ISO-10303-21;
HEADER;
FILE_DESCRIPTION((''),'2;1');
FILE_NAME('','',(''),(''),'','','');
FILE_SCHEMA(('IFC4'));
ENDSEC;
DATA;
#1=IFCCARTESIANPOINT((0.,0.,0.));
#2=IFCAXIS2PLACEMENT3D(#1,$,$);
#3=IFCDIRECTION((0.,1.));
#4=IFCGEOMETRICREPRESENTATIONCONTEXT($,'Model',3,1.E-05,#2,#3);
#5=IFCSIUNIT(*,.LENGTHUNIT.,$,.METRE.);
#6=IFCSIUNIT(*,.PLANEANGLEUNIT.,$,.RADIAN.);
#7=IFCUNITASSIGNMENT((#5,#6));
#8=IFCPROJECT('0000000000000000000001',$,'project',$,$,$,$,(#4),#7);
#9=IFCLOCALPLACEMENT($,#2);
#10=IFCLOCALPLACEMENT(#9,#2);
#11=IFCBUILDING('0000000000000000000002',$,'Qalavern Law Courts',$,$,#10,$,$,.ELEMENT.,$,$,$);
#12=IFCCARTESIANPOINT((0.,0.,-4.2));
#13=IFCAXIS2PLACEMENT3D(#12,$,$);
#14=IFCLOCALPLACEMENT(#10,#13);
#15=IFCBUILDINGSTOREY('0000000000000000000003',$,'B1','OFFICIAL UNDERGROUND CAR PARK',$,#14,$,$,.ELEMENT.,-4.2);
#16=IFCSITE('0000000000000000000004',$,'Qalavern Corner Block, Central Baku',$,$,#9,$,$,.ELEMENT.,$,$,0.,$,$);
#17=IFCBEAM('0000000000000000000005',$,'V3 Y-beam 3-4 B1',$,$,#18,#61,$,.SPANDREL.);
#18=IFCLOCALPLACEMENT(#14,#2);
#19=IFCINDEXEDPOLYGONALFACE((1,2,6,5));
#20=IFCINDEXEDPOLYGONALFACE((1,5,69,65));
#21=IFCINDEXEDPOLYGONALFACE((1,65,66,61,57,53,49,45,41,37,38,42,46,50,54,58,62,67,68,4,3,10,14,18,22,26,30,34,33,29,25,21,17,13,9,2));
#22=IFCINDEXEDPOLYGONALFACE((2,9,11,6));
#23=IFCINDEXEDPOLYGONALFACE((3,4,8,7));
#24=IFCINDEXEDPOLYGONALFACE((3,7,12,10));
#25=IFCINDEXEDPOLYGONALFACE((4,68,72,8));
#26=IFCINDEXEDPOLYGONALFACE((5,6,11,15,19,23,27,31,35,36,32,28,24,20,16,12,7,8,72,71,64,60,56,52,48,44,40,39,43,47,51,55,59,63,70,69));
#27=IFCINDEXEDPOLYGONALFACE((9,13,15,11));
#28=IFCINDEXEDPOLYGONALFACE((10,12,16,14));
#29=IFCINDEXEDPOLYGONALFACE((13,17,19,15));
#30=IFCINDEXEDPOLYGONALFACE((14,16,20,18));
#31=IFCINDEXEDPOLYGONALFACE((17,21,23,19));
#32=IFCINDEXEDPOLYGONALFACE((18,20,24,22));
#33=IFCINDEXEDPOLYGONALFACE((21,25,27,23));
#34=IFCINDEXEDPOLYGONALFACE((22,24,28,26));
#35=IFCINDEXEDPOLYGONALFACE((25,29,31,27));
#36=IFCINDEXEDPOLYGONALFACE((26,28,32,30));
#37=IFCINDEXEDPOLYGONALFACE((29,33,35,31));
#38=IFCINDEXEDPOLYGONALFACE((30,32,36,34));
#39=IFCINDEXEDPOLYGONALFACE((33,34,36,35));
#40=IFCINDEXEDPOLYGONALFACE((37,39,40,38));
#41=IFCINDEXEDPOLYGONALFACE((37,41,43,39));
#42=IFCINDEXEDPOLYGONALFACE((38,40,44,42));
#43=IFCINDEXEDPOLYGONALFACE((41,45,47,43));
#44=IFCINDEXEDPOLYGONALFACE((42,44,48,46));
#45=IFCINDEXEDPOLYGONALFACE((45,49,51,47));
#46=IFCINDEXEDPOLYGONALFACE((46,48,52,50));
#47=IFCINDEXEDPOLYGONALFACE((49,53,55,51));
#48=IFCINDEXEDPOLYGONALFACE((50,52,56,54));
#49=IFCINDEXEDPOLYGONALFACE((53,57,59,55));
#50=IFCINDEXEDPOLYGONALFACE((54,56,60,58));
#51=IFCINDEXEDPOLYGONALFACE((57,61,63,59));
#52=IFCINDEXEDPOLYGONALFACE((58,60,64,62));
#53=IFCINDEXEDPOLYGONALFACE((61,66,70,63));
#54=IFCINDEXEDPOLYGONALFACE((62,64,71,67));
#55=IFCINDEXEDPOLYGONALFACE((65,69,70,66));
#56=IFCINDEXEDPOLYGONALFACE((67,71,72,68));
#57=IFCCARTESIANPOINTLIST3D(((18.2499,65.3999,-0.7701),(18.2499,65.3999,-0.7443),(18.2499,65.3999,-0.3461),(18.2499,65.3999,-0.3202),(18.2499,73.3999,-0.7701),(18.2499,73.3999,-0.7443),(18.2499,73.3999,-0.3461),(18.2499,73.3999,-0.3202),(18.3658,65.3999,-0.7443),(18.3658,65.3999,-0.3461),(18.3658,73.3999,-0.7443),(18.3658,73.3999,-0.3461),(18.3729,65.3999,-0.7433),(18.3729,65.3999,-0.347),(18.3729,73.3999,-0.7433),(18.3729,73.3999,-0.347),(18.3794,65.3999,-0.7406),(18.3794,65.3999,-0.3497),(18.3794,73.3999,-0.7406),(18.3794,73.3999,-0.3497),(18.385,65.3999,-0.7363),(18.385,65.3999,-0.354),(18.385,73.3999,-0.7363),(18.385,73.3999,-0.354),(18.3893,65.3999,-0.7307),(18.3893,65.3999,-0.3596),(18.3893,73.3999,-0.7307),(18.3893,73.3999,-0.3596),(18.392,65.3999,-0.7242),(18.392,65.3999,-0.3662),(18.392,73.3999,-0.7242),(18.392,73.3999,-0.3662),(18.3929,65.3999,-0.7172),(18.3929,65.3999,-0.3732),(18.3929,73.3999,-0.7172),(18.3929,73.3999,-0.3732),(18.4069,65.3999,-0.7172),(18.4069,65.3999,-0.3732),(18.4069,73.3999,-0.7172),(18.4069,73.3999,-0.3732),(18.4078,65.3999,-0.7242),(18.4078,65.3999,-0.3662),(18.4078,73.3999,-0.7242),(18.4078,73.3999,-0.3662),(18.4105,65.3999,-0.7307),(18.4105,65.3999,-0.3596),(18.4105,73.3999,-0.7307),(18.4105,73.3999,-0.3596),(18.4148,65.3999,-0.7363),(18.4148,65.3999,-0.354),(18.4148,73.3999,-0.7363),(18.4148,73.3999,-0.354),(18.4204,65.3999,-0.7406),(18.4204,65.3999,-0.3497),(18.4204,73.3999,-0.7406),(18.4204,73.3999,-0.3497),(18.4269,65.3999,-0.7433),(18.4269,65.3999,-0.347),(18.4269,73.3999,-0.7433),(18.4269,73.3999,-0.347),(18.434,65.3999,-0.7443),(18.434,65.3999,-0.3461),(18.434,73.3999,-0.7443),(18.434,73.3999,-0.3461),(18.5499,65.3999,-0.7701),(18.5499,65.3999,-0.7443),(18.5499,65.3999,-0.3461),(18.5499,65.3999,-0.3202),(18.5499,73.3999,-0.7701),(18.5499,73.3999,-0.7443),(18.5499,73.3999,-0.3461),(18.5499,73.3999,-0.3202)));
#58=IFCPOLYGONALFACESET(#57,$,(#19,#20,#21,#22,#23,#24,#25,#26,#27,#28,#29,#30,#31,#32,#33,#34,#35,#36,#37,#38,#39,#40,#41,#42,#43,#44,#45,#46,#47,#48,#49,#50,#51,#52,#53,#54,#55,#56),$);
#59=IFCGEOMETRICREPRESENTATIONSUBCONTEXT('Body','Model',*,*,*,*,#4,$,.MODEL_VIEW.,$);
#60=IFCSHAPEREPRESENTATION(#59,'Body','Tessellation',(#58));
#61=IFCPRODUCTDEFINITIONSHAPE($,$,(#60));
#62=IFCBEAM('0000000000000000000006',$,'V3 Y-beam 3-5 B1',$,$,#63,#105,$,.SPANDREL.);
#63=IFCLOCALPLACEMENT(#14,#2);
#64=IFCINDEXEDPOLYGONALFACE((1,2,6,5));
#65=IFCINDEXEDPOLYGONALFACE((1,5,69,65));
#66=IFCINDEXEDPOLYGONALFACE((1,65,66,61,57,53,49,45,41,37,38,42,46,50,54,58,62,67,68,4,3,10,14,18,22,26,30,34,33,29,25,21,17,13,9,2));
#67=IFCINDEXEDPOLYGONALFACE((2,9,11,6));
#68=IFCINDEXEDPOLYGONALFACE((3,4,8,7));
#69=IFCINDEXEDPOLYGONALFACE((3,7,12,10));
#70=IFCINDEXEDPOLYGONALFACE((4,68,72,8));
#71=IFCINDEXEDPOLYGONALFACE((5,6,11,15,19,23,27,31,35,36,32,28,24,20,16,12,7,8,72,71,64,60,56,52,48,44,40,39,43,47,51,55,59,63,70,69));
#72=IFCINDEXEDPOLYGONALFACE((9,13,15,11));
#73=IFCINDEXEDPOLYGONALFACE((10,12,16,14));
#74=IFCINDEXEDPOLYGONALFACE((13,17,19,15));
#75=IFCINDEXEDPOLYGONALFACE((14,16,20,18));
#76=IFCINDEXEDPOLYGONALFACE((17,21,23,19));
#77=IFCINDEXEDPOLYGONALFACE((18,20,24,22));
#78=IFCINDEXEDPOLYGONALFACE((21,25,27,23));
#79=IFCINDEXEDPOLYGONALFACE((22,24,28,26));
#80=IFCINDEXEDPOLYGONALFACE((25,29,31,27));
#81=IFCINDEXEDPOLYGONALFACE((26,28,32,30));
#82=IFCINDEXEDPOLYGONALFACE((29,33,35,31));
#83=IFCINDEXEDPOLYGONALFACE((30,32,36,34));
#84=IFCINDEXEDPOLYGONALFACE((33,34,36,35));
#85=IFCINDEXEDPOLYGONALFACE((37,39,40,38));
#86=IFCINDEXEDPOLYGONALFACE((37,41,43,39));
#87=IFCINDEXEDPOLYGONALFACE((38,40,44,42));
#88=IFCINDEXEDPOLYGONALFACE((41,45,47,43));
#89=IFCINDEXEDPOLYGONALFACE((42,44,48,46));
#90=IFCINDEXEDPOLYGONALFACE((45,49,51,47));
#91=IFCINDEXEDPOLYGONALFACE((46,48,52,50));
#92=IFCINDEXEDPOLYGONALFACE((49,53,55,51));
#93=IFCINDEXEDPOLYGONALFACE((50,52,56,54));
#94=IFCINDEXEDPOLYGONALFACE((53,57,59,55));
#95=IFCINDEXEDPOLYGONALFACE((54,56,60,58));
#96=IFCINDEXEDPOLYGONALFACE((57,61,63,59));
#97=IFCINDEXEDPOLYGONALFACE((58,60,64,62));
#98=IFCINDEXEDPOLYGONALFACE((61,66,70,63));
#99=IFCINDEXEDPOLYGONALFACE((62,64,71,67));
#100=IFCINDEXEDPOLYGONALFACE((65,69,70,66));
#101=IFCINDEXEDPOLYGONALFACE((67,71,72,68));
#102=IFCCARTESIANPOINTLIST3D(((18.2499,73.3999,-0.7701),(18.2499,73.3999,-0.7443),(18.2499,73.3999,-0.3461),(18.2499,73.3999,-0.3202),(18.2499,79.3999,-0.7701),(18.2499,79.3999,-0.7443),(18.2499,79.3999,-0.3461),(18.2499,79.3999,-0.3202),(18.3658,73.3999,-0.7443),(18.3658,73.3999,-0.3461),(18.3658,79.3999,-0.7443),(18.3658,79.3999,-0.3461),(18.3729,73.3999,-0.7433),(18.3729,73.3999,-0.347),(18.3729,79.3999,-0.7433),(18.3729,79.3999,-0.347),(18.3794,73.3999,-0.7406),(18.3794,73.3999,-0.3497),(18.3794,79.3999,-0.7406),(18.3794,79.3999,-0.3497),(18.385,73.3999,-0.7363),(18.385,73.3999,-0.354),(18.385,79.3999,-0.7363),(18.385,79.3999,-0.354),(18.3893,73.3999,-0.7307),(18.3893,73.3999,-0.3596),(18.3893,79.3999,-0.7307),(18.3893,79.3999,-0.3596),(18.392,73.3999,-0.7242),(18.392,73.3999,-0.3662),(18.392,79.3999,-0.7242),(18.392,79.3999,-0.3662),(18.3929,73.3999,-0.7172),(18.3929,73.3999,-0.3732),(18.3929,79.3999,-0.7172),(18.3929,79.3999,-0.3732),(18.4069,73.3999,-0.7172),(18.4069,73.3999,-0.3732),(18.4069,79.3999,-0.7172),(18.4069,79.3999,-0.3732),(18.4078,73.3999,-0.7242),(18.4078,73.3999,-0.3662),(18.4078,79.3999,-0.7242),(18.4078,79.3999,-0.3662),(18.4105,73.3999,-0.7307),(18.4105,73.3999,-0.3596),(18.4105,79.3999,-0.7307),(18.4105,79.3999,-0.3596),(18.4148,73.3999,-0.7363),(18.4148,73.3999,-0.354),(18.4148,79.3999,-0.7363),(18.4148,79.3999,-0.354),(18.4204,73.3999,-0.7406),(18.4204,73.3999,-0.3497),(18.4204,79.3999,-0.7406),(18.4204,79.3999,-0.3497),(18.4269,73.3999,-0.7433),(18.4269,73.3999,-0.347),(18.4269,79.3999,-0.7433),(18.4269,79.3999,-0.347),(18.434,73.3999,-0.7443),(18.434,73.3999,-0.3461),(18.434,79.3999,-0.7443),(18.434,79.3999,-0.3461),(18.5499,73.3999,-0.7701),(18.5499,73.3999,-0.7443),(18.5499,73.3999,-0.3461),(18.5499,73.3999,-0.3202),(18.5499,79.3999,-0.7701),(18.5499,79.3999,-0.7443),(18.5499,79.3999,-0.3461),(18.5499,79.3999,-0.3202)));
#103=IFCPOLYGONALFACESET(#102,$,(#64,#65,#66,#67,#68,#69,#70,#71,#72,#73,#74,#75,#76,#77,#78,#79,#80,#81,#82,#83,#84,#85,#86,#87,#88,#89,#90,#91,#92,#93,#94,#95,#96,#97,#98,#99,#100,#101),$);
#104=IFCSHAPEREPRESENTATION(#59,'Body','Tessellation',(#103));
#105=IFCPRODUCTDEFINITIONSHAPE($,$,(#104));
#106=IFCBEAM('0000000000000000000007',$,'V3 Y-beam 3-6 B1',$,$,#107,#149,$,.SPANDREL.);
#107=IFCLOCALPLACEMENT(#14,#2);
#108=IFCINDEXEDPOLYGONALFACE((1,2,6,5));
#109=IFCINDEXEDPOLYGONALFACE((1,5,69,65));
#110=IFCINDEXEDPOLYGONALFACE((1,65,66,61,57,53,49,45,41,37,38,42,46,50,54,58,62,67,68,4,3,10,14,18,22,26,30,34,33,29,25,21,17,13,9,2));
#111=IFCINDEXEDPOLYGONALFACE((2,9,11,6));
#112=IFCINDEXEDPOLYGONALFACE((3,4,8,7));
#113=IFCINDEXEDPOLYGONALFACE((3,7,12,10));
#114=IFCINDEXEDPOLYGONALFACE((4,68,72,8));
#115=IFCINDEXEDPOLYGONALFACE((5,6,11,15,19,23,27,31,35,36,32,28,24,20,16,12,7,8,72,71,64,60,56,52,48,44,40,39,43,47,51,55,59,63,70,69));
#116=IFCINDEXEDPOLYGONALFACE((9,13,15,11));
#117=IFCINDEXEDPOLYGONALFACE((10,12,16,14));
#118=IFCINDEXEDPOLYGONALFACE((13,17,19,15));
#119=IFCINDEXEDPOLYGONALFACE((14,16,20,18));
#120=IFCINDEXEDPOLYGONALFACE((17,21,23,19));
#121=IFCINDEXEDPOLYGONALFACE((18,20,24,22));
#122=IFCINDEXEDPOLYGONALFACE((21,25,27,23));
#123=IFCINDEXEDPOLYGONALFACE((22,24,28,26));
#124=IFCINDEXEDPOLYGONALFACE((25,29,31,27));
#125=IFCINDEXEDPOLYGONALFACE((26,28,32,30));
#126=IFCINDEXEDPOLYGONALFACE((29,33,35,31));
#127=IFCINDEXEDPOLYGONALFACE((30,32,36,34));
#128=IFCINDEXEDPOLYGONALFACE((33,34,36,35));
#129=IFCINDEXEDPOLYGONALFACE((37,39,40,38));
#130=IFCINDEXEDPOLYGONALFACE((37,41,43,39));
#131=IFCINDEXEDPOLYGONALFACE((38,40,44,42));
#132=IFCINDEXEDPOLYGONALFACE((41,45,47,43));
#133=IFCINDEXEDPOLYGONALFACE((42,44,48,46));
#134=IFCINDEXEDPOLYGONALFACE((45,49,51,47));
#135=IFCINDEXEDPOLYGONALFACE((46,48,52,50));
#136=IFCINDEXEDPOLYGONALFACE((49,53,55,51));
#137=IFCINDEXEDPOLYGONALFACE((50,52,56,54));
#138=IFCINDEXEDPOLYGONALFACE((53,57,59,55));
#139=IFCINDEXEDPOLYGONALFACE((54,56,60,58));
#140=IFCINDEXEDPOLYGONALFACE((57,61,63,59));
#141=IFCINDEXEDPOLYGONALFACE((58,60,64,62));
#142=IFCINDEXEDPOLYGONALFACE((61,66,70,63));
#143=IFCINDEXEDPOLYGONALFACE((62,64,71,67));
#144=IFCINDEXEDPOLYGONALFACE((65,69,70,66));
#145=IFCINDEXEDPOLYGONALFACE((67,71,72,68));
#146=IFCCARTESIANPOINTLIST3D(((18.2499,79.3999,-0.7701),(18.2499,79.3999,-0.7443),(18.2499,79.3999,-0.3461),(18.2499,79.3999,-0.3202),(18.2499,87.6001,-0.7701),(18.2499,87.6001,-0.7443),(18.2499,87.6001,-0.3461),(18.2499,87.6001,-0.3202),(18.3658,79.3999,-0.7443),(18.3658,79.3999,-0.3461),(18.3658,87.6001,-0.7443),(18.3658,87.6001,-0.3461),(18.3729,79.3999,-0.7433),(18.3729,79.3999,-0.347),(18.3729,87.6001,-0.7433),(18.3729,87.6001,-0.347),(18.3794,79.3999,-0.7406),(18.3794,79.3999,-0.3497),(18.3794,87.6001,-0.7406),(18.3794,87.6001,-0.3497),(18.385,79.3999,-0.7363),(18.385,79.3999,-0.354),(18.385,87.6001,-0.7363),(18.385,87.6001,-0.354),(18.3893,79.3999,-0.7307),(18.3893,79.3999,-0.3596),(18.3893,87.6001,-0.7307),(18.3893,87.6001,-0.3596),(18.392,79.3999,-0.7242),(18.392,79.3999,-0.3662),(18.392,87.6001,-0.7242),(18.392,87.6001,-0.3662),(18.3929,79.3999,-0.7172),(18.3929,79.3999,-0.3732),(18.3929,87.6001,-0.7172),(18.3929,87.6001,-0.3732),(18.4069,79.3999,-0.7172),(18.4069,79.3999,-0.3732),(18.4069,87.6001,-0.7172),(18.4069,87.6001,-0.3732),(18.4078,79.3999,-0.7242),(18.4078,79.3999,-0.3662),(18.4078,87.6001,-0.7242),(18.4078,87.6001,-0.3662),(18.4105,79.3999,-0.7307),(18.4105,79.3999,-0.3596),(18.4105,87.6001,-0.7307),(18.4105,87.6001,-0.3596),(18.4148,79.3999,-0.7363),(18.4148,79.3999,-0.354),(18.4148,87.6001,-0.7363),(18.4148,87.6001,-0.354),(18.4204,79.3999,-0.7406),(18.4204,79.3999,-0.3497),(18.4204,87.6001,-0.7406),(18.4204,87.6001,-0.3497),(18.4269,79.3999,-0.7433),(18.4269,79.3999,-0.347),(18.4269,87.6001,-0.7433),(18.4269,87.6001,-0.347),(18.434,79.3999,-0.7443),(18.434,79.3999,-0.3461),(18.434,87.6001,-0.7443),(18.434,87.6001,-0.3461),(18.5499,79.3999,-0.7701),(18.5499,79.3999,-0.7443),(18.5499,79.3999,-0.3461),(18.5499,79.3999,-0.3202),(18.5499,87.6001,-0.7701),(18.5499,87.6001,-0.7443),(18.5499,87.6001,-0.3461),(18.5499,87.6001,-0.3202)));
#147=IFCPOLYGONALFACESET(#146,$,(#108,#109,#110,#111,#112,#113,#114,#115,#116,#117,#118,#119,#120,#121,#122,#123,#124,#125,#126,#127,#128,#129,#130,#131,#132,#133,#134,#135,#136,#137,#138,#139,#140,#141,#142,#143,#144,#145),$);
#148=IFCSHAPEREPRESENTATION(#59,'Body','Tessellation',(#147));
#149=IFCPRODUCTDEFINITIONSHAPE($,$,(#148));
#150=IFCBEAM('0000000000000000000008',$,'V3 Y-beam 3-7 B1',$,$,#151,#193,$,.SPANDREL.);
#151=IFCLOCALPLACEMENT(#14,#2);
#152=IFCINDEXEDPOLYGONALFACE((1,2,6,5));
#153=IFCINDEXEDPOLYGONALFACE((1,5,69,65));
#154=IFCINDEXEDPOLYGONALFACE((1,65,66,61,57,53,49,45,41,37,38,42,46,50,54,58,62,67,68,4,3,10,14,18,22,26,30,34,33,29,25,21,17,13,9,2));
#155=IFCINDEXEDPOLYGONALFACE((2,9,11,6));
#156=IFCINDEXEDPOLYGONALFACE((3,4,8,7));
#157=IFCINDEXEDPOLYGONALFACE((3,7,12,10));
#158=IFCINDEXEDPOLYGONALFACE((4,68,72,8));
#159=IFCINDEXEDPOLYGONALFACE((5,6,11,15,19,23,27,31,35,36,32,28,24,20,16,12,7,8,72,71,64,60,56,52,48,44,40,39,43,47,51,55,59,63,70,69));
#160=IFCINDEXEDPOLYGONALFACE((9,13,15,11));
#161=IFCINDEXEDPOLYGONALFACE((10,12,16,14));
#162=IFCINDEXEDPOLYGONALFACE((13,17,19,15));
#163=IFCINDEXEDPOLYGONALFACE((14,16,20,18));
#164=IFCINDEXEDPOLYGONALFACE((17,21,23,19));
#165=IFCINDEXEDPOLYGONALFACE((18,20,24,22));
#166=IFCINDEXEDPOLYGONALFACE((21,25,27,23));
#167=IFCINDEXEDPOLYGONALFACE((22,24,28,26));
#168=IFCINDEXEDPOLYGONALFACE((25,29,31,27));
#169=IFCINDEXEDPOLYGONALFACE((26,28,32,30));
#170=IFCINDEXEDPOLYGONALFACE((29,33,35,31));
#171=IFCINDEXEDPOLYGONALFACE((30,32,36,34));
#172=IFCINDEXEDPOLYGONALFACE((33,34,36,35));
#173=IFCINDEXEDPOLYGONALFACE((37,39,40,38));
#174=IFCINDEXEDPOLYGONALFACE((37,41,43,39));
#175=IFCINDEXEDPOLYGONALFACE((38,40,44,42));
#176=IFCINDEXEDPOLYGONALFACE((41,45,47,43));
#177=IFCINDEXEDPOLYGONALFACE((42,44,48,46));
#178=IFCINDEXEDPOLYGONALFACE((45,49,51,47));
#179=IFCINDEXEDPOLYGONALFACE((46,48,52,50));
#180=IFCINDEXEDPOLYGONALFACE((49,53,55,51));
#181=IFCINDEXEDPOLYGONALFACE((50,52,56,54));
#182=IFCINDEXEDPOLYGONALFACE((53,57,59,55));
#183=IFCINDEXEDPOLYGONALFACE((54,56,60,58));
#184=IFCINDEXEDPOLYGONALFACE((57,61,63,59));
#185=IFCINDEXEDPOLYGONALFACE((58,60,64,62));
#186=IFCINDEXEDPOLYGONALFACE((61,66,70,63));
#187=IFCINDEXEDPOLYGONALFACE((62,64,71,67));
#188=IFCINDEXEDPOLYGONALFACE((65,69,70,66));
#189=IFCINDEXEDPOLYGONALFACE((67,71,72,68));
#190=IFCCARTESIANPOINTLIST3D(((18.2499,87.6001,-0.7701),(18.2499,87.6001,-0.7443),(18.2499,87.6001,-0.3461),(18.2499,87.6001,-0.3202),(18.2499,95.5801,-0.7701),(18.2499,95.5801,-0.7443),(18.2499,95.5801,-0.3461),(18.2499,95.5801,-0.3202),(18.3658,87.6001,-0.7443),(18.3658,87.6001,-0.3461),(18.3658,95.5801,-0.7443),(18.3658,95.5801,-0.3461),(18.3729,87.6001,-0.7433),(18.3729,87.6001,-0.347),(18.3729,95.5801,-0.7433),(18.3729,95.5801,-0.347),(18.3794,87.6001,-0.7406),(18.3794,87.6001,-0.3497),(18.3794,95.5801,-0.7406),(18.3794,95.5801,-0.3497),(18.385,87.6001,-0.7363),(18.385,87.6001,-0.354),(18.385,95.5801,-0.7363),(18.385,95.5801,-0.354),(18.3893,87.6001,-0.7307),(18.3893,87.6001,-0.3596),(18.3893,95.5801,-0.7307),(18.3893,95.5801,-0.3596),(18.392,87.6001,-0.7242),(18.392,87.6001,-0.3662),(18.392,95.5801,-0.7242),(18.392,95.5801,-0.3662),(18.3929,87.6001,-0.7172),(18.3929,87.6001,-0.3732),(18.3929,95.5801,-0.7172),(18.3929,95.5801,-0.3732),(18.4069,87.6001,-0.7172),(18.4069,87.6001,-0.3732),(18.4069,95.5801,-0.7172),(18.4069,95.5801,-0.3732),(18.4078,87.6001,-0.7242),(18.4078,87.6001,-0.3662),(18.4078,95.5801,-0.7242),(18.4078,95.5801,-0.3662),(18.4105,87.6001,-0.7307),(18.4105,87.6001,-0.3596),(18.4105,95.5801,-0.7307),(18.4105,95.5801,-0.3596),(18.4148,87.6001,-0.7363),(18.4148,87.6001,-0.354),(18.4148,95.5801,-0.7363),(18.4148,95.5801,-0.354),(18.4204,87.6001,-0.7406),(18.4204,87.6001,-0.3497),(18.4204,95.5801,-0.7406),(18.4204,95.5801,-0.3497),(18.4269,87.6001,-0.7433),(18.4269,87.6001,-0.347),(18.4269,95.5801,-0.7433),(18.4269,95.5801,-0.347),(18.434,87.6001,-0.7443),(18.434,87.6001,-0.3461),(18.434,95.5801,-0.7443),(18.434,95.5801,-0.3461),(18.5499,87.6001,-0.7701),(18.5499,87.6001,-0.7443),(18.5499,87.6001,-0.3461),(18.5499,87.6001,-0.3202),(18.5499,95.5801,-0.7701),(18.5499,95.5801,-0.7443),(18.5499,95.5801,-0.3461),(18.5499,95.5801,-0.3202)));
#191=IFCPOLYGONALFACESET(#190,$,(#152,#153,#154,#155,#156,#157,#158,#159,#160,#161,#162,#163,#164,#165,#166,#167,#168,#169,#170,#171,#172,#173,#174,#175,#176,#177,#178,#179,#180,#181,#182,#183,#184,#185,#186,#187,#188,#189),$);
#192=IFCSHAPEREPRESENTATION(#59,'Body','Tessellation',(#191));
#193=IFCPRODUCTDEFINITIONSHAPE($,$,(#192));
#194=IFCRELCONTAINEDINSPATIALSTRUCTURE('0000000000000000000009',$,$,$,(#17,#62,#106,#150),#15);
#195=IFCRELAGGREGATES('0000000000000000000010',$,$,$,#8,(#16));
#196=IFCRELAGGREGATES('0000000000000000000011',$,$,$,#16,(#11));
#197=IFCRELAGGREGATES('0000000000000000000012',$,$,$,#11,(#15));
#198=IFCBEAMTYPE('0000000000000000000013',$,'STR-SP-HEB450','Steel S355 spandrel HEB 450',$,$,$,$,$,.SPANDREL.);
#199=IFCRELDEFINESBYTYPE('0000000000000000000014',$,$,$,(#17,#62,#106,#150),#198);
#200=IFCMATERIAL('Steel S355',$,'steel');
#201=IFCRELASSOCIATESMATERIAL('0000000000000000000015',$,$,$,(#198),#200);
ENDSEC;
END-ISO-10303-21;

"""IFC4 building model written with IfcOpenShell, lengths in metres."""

from ifc_helpers import new_model, si_unit, direction, frame, origin, origin_2d, place, context, subcontext, project, spatial, i_section, extrude, material, material_profile, profile_set, type_object, element, save


model = new_model("IFC4")

# Units and contexts
model_context = context("Model", 3, precision=1e-05, world=origin(), true_north=direction((0.0, 1.0)))
body_context = subcontext(model_context, "Body", "Model", "MODEL_VIEW")
ifc_project = project(units=[si_unit("LENGTHUNIT", "METRE"), si_unit("PLANEANGLEUNIT", "RADIAN")], contexts=[model_context])

# Site, building, storey
site_placement = place(None, origin())
site = spatial("IfcSite", under=ifc_project, at=site_placement, Name="Qalavern Corner Block, Central Baku", CompositionType="ELEMENT", RefElevation=0.0)
building_placement = place(site_placement, origin())
building = spatial("IfcBuilding", under=site, at=building_placement, Name="Qalavern Law Courts", CompositionType="ELEMENT")
storey_placement = place(building_placement, frame((0.0, 0.0, -4.2)))
storey = spatial("IfcBuildingStorey", under=building, at=storey_placement, Name="B1", Description="OFFICIAL UNDERGROUND CAR PARK", CompositionType="ELEMENT", Elevation=-4.2)

# Beams
ifc_material_1 = material(Name="Steel S355", Category="steel")
ifc_material_profile_1 = material_profile(ifc_material_1, i_section(OverallWidth=0.3, OverallDepth=0.45, WebThickness=0.0139, FlangeThickness=0.0259, FilletRadius=0.0271, at=origin_2d()), Name="HEB 450")
ifc_profile_set_1 = profile_set([ifc_material_profile_1], Name="Steel S355")
beam_type_1 = type_object("IfcBeamType", Name="STR-SP-HEB450", Description="Steel S355 spandrel HEB 450", PredefinedType="SPANDREL", material=ifc_profile_set_1)
for number, where, z_axis, x_axis, name in (
    (1, (18.3999, 65.3999, -0.5452), (0.0, 1.0, 0.0), (-1.0, 0.0, 0.0), "V3 Y-beam 3-4 B1"),
):
    element("IfcBeam", number, at=place(storey_placement, frame(where, z_axis=z_axis, x_axis=x_axis)), inside=storey, type_object=beam_type_1, Name=name, PredefinedType="SPANDREL", context=body_context, shape_type="SweptSolid", body=[
        extrude(i_section(OverallWidth=0.3, OverallDepth=0.45, WebThickness=0.0139, FlangeThickness=0.0259, FilletRadius=0.0271, at=origin_2d()), origin(), (0.0, 0.0, 1.0), 8.0),
    ])
beam_1_placement = place(storey_placement, frame((18.3999, 73.3999, -0.5452), z_axis=(0.0, 1.0, 0.0), x_axis=(-1.0, 0.0, 0.0)))
element("IfcBeam", 2, at=beam_1_placement, inside=storey, type_object=beam_type_1, Name="V3 Y-beam 3-5 B1", PredefinedType="SPANDREL", context=body_context, shape_type="SweptSolid", body=[
    extrude(i_section(OverallWidth=0.3, OverallDepth=0.45, WebThickness=0.0139, FlangeThickness=0.0259, FilletRadius=0.0271, at=origin_2d()), origin(), (0.0, 0.0, 1.0), 6.0),
])
beam_2_placement = place(storey_placement, frame((18.3999, 79.3999, -0.5452), z_axis=(0.0, 1.0, 0.0), x_axis=(-1.0, 0.0, 0.0)))
element("IfcBeam", 3, at=beam_2_placement, inside=storey, type_object=beam_type_1, Name="V3 Y-beam 3-6 B1", PredefinedType="SPANDREL", context=body_context, shape_type="SweptSolid", body=[
    extrude(i_section(OverallWidth=0.3, OverallDepth=0.45, WebThickness=0.0139, FlangeThickness=0.0259, FilletRadius=0.0271, at=origin_2d()), origin(), (0.0, 0.0, 1.0), 8.2002),
])
beam_3_placement = place(storey_placement, frame((18.3999, 87.6001, -0.5452), z_axis=(0.0, 1.0, 0.0), x_axis=(-1.0, 0.0, 0.0)))
element("IfcBeam", 4, at=beam_3_placement, inside=storey, type_object=beam_type_1, Name="V3 Y-beam 3-7 B1", PredefinedType="SPANDREL", context=body_context, shape_type="SweptSolid", body=[
    extrude(i_section(OverallWidth=0.3, OverallDepth=0.45, WebThickness=0.0139, FlangeThickness=0.0259, FilletRadius=0.0271, at=origin_2d()), origin(), (0.0, 0.0, 1.0), 7.98),
])

save(model, "model.ifc")
